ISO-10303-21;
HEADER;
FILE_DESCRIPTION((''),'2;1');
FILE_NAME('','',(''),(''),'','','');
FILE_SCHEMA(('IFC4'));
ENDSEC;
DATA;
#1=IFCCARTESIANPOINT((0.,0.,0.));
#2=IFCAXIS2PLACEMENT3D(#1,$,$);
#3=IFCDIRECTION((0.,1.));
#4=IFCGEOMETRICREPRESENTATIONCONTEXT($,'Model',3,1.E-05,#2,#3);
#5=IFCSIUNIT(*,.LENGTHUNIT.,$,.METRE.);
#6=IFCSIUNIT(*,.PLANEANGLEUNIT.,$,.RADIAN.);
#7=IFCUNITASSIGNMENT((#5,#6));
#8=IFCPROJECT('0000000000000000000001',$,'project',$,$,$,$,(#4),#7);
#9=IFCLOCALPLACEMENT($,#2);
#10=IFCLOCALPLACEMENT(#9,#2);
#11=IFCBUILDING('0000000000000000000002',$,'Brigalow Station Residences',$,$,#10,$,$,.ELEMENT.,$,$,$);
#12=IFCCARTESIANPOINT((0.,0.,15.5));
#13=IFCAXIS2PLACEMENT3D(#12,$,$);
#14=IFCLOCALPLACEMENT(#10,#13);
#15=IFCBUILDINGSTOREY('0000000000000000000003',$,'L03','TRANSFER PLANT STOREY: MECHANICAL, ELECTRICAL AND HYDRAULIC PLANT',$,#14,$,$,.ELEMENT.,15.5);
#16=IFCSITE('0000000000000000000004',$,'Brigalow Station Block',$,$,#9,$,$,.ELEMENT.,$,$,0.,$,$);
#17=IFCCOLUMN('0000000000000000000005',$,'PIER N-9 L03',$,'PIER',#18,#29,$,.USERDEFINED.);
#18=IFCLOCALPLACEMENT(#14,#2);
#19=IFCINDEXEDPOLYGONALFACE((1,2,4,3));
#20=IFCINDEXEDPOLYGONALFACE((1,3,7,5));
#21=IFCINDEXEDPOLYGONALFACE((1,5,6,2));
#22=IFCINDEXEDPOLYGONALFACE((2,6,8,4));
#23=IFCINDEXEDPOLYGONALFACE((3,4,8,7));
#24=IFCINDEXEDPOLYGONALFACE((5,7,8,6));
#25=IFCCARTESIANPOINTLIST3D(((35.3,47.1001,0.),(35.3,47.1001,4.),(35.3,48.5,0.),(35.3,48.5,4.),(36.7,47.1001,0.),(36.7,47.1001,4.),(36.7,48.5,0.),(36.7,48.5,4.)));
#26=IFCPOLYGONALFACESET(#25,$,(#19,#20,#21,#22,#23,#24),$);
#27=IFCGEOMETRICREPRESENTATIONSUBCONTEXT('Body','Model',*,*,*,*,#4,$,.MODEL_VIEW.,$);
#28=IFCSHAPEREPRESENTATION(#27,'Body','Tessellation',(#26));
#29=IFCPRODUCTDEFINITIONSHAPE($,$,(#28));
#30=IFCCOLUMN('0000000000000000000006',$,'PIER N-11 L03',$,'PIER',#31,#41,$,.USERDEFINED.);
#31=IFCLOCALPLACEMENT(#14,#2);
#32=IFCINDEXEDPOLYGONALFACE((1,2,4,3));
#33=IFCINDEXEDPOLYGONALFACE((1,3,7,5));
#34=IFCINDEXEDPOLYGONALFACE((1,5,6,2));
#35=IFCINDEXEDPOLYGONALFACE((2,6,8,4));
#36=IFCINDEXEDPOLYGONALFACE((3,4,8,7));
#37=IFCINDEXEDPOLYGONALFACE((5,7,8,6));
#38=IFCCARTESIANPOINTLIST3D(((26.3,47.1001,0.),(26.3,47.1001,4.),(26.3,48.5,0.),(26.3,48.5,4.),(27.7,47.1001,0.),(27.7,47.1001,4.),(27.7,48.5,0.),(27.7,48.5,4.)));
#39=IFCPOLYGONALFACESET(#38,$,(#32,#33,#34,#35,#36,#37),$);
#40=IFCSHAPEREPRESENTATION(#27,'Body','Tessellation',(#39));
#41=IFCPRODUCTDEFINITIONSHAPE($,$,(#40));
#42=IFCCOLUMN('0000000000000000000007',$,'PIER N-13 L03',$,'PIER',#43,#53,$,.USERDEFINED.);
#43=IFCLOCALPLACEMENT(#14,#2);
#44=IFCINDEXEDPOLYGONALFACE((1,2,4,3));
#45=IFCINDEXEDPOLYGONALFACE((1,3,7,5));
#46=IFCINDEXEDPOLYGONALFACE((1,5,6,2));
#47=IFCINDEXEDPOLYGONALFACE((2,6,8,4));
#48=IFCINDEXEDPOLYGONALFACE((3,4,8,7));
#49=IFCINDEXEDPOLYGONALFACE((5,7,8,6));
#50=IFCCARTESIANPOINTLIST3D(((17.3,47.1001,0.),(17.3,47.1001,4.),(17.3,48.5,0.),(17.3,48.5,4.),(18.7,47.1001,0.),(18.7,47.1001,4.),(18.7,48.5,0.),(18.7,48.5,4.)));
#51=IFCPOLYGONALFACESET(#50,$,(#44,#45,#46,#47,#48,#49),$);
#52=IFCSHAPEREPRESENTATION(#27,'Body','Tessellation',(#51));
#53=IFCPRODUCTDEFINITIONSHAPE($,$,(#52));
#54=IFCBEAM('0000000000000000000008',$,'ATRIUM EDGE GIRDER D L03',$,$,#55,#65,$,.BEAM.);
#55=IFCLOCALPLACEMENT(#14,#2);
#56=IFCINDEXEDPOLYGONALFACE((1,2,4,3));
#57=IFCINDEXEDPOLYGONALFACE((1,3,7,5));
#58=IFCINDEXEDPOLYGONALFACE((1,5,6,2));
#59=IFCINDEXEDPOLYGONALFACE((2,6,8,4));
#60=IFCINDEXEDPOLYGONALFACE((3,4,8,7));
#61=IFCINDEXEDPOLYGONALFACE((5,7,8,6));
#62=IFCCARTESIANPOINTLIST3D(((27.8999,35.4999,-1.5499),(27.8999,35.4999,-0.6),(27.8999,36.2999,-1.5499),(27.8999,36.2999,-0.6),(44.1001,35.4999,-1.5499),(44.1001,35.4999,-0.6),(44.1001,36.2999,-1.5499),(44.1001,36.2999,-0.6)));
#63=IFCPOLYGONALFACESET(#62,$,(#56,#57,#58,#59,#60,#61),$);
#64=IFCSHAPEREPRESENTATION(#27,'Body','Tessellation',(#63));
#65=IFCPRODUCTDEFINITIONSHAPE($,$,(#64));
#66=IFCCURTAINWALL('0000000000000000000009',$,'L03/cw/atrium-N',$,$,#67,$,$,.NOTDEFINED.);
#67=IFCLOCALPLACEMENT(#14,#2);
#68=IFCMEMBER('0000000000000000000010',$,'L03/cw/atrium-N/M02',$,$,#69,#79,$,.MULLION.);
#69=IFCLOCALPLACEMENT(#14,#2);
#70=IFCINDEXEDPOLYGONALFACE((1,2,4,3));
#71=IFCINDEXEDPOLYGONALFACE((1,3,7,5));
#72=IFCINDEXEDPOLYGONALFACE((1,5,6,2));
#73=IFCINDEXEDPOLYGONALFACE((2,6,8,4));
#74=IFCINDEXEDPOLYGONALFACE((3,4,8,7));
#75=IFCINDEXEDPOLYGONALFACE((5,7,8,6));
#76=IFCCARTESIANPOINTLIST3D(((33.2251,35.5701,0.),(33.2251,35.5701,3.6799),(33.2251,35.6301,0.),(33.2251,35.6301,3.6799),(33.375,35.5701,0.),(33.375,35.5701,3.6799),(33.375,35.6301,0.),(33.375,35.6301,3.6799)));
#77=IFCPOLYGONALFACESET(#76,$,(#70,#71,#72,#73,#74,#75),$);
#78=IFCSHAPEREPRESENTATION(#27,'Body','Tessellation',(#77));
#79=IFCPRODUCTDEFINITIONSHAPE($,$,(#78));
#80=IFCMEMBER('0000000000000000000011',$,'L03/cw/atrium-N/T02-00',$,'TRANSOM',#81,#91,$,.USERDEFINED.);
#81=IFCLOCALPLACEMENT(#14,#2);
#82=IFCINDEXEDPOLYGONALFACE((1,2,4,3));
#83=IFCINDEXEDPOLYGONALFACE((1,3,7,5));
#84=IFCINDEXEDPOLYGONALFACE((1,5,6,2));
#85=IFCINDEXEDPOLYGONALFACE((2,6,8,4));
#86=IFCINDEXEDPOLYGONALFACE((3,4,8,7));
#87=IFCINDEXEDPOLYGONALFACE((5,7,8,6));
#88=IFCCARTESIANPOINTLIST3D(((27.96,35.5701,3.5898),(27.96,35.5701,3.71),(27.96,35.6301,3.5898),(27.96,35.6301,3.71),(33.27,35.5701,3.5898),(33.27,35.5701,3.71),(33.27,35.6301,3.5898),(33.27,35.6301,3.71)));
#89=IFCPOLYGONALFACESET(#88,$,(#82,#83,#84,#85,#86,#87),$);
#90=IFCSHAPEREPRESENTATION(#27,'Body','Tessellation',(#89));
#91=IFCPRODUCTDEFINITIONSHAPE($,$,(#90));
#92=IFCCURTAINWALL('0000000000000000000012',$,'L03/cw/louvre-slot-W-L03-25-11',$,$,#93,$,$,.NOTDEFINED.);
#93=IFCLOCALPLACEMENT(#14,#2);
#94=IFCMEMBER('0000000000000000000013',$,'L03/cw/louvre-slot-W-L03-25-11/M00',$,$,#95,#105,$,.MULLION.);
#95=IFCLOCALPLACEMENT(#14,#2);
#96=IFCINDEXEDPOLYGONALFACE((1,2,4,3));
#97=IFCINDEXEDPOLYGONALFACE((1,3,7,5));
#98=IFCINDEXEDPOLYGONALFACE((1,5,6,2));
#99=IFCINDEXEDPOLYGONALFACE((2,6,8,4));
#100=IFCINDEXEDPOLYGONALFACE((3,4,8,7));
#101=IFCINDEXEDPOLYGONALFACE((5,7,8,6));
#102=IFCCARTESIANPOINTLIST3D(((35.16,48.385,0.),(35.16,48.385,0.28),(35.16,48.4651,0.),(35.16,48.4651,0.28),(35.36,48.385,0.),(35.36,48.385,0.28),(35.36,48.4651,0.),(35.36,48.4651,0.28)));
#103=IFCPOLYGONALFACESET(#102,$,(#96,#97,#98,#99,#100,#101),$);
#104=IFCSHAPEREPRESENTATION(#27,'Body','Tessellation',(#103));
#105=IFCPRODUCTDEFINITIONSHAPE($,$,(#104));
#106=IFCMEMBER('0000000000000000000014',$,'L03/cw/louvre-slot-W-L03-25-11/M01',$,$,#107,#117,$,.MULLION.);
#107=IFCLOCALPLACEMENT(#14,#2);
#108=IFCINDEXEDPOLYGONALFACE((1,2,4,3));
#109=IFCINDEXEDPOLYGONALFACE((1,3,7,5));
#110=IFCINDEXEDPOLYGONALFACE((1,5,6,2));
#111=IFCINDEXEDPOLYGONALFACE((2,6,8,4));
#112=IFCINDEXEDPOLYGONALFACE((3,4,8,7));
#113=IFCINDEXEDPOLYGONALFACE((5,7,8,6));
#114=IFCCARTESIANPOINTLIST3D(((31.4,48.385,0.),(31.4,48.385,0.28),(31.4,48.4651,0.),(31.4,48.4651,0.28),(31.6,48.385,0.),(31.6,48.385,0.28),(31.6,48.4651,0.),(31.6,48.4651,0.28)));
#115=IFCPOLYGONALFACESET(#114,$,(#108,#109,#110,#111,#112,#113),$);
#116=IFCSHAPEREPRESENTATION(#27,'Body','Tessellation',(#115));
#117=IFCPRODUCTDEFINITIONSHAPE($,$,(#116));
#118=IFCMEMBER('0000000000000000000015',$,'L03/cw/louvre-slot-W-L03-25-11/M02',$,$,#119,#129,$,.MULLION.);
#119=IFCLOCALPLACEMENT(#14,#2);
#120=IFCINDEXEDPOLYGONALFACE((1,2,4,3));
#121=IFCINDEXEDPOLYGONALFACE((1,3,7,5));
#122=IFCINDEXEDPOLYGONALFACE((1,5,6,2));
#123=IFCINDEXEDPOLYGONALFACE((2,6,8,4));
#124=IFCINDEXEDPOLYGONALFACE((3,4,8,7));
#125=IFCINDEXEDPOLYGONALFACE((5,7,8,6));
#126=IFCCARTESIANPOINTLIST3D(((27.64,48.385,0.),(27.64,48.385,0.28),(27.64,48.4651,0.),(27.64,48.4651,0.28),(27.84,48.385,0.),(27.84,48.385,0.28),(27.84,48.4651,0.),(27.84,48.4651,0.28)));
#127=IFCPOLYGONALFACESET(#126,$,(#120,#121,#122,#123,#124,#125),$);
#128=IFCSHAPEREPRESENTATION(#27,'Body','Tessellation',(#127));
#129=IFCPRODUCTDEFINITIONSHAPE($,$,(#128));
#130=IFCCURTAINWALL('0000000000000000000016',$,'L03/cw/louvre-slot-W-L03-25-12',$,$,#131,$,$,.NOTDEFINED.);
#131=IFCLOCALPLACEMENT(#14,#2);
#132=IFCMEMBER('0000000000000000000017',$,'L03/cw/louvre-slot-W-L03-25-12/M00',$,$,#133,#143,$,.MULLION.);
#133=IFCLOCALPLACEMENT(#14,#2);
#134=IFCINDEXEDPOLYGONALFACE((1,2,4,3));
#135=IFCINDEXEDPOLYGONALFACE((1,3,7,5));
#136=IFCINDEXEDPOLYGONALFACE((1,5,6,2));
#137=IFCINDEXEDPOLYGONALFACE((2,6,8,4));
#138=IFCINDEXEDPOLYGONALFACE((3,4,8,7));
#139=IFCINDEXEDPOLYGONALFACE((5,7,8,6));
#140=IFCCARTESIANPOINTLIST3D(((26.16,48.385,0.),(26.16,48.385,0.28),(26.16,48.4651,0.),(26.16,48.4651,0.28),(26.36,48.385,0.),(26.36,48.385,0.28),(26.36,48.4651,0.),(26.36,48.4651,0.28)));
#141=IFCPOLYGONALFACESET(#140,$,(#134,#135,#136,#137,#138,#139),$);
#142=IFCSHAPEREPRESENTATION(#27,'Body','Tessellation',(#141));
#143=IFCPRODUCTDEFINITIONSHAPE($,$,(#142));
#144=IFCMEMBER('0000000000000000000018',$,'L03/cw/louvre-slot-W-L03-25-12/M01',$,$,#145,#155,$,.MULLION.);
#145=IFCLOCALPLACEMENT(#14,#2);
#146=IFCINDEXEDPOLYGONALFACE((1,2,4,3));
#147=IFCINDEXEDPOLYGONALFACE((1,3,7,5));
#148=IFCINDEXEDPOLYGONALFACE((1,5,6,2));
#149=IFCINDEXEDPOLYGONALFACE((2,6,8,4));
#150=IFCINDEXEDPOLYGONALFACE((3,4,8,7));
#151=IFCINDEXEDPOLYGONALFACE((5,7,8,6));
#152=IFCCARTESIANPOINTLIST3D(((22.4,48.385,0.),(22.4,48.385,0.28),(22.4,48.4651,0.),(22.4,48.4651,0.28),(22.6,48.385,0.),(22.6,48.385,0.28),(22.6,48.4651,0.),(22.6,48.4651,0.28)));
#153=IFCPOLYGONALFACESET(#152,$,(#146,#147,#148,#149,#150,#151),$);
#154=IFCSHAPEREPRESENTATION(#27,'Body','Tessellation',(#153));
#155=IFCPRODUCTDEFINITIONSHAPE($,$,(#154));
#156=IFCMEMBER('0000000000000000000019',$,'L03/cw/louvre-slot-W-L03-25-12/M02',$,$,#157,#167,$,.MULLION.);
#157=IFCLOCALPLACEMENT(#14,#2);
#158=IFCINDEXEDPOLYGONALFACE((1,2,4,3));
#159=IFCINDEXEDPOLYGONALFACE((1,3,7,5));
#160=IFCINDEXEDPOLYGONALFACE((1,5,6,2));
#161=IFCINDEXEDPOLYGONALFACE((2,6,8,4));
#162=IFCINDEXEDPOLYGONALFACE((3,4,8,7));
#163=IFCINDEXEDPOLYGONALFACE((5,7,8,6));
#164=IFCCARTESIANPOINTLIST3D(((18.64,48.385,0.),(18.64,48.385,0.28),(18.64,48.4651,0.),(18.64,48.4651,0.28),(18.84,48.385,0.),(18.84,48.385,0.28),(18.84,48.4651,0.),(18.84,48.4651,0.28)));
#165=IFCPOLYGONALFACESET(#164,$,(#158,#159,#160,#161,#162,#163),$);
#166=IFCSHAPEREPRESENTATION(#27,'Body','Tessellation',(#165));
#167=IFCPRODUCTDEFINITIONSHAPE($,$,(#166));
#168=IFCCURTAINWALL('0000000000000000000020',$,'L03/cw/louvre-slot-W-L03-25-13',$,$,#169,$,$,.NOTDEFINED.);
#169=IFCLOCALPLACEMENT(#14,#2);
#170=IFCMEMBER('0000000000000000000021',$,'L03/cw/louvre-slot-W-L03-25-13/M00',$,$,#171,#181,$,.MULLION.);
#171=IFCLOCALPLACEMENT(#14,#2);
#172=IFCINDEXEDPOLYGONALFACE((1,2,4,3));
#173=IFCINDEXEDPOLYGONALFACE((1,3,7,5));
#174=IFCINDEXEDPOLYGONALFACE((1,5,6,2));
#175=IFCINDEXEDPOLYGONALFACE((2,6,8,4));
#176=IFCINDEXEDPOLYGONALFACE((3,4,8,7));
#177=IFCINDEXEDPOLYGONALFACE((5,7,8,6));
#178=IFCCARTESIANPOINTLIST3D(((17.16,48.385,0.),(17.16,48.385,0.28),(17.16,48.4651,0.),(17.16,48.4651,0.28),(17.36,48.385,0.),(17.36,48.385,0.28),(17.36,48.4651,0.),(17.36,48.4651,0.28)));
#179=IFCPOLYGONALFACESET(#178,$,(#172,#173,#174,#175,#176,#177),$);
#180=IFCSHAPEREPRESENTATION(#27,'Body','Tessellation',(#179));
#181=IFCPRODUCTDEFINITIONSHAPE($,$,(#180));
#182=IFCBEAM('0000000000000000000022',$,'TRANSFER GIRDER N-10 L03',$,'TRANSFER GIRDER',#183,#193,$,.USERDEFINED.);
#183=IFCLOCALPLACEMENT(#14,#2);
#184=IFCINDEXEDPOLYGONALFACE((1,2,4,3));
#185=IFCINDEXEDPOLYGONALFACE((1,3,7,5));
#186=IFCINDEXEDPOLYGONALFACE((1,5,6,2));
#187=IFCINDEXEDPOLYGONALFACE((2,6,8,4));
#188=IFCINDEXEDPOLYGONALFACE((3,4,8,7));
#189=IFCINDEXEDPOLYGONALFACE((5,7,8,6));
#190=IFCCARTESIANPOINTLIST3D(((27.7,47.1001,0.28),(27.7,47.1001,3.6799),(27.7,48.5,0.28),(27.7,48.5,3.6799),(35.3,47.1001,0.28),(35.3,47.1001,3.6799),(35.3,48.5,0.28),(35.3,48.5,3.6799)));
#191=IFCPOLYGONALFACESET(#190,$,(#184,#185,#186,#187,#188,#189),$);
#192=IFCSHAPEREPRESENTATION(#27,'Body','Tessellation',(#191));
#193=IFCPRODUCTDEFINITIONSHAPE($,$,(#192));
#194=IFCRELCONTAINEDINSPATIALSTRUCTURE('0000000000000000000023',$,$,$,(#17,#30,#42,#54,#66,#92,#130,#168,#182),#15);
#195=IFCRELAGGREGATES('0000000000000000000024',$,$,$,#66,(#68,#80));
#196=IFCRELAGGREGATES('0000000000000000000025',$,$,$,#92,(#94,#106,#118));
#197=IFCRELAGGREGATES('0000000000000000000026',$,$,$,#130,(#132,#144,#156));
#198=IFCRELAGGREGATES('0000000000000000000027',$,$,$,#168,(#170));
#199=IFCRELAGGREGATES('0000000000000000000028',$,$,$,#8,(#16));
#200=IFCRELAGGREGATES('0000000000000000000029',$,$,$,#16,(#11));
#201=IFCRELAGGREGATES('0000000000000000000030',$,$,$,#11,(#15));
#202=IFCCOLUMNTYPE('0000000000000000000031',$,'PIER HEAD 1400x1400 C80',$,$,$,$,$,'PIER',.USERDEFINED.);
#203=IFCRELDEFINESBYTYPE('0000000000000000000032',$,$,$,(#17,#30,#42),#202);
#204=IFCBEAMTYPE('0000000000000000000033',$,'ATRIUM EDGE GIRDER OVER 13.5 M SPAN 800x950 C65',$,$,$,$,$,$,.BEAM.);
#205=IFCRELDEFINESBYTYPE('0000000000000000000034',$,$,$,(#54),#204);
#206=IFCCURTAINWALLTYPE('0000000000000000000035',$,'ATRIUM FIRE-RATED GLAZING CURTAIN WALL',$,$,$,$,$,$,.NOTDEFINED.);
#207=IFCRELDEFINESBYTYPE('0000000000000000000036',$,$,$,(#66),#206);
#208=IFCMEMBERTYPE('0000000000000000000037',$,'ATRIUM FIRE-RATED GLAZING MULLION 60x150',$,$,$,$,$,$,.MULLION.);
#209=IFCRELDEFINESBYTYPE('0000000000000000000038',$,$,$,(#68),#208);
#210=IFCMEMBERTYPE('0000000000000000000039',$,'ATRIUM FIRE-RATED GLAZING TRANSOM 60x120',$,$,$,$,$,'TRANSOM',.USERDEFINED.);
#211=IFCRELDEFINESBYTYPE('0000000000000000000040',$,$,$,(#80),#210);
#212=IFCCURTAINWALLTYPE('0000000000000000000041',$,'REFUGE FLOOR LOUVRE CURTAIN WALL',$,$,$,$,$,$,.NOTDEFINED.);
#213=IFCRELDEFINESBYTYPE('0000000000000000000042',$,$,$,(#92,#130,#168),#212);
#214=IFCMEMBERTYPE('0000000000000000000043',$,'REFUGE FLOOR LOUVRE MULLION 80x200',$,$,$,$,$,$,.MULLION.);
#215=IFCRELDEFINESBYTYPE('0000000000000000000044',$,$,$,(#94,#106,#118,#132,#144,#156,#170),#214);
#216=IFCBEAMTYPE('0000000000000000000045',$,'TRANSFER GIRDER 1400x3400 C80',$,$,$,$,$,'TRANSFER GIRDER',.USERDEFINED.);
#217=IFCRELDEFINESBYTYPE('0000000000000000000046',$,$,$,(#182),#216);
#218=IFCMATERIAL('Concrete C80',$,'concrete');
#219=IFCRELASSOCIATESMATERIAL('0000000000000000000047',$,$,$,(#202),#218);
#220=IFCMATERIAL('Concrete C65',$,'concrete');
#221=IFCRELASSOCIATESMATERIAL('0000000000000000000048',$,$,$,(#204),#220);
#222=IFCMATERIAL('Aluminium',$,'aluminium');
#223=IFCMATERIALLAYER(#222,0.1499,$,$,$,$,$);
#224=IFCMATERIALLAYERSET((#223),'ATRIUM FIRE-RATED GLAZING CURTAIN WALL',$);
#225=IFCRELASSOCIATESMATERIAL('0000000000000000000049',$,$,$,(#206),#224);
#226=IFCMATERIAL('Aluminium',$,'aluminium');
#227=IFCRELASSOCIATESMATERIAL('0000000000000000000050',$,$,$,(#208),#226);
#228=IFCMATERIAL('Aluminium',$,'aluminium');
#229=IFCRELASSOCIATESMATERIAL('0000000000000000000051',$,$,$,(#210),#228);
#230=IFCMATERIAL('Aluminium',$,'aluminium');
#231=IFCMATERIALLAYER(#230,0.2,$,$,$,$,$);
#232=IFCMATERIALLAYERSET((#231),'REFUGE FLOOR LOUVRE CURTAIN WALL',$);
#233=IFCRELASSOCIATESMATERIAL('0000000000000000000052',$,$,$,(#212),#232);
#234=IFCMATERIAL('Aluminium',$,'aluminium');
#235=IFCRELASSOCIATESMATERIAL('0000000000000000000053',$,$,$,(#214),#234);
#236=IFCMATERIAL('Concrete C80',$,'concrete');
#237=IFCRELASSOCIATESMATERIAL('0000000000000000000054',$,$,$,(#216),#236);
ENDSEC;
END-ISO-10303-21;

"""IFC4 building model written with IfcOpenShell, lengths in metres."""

from ifc_helpers import new_model, si_unit, direction, frame, origin, origin_2d, place, context, subcontext, project, spatial, rectangle, extrude, material, layer, layer_set, material_profile, profile_set, type_object, element, aggregate, save


model = new_model("IFC4")

# Units and contexts
model_context = context("Model", 3, precision=1e-05, world=origin(), true_north=direction((0.0, 1.0)))
body_context = subcontext(model_context, "Body", "Model", "MODEL_VIEW")
ifc_project = project(units=[si_unit("LENGTHUNIT", "METRE"), si_unit("PLANEANGLEUNIT", "RADIAN")], contexts=[model_context])

# Site, building, storey
site_placement = place(None, origin())
site = spatial("IfcSite", under=ifc_project, at=site_placement, Name="Brigalow Station Block", CompositionType="ELEMENT", RefElevation=0.0)
building_placement = place(site_placement, origin())
building = spatial("IfcBuilding", under=site, at=building_placement, Name="Brigalow Station Residences", CompositionType="ELEMENT")
storey_placement = place(building_placement, frame((0.0, 0.0, 15.5)))
storey = spatial("IfcBuildingStorey", under=building, at=storey_placement, Name="L03", Description="TRANSFER PLANT STOREY: MECHANICAL, ELECTRICAL AND HYDRAULIC PLANT", CompositionType="ELEMENT", Elevation=15.5)

# Columns
ifc_material_1 = material(Name="Concrete C80", Category="concrete")
ifc_material_profile_1 = material_profile(ifc_material_1, rectangle(XDim=1.3999, YDim=1.3999, at=origin_2d()), Name="RC1400x1400")
ifc_profile_set_1 = profile_set([ifc_material_profile_1], Name="Concrete C80")
column_type = type_object("IfcColumnType", Name="PIER HEAD 1400x1400 C80", ElementType="PIER", PredefinedType="USERDEFINED", material=ifc_profile_set_1)
for number, where, z_axis, x_axis, name in (
    (1, (36.0, 47.8, 0.0), (0.0, 0.0, 1.0), (-1.0, 0.0, 0.0), "PIER N-9 L03"),
    (2, (27.0, 47.8, 0.0), (0.0, 0.0, 1.0), (-1.0, 0.0, 0.0), "PIER N-11 L03"),
    (3, (18.0, 47.8, 0.0), (0.0, 0.0, 1.0), (-1.0, 0.0, 0.0), "PIER N-13 L03"),
):
    element("IfcColumn", number, at=place(storey_placement, frame(where, z_axis=z_axis, x_axis=x_axis)), inside=storey, type_object=column_type, Name=name, ObjectType="PIER", PredefinedType="USERDEFINED", context=body_context, shape_type="SweptSolid", body=[
        extrude(rectangle(XDim=1.3999, YDim=1.3999, at=origin_2d()), origin(), (0.0, 0.0, 1.0), 4.0),
    ])

# Beam
ifc_material_2 = material(Name="Concrete C65", Category="concrete")
ifc_material_profile_2 = material_profile(ifc_material_2, rectangle(XDim=0.8, YDim=0.95, at=origin_2d()), Name="RC800x950")
ifc_profile_set_2 = profile_set([ifc_material_profile_2], Name="Concrete C65")
beam_type_1 = type_object("IfcBeamType", Name="ATRIUM EDGE GIRDER OVER 13.5 M SPAN 800x950 C65", PredefinedType="BEAM", material=ifc_profile_set_2)
beam_placement = place(storey_placement, frame((27.8999, 35.8999, -1.075), z_axis=(1.0, 0.0, 0.0), x_axis=(0.0, 1.0, 0.0)))
element("IfcBeam", 4, at=beam_placement, inside=storey, type_object=beam_type_1, Name="ATRIUM EDGE GIRDER D L03", PredefinedType="BEAM", context=body_context, shape_type="SweptSolid", body=[
    extrude(rectangle(XDim=0.8, YDim=0.95, at=origin_2d()), origin(), (0.0, 0.0, 1.0), 16.2002),
])

# Curtain walls, members
ifc_material_3 = material(Name="Aluminium", Category="aluminium")
ifc_layer_1 = layer(ifc_material_3, 0.1499)
ifc_layer_set_1 = layer_set([ifc_layer_1], Name="ATRIUM FIRE-RATED GLAZING CURTAIN WALL")
curtain_wall_type_1 = type_object("IfcCurtainWallType", Name="ATRIUM FIRE-RATED GLAZING CURTAIN WALL", PredefinedType="NOTDEFINED", material=ifc_layer_set_1)
curtain_wall_1_placement = place(storey_placement, origin())
curtain_wall_1 = element("IfcCurtainWall", 5, at=curtain_wall_1_placement, inside=storey, type_object=curtain_wall_type_1, Name="L03/cw/atrium-N", PredefinedType="NOTDEFINED")
ifc_material_4 = material(Name="Aluminium", Category="aluminium")
ifc_material_profile_3 = material_profile(ifc_material_4, rectangle(XDim=0.0601, YDim=0.1499, at=origin_2d()), Name="ATRIUM FIRE-RATED GLAZING MULLION 60x150")
ifc_profile_set_3 = profile_set([ifc_material_profile_3], Name="Aluminium")
member_type_1 = type_object("IfcMemberType", Name="ATRIUM FIRE-RATED GLAZING MULLION 60x150", PredefinedType="MULLION", material=ifc_profile_set_3)
member_1_placement = place(storey_placement, frame((33.3, 35.6001, 0.0), z_axis=(0.0, 0.0, 1.0), x_axis=(0.0, -1.0, 0.0)))
member_1 = element("IfcMember", 6, at=member_1_placement, type_object=member_type_1, Name="L03/cw/atrium-N/M02", PredefinedType="MULLION", context=body_context, shape_type="SweptSolid", body=[
    extrude(rectangle(XDim=0.0601, YDim=0.1499, at=origin_2d()), origin(), (0.0, 0.0, 1.0), 3.6799),
])
ifc_material_5 = material(Name="Aluminium", Category="aluminium")
ifc_material_profile_4 = material_profile(ifc_material_5, rectangle(XDim=0.0601, YDim=0.1201, at=origin_2d()), Name="ATRIUM FIRE-RATED GLAZING TRANSOM 60x120")
ifc_profile_set_4 = profile_set([ifc_material_profile_4], Name="Aluminium")
member_type_2 = type_object("IfcMemberType", Name="ATRIUM FIRE-RATED GLAZING TRANSOM 60x120", ElementType="TRANSOM", PredefinedType="USERDEFINED", material=ifc_profile_set_4)
member_2_placement = place(storey_placement, frame((33.27, 35.6001, 3.6499), z_axis=(-1.0, 0.0, 0.0), x_axis=(0.0, -1.0, 0.0)))
member_2 = element("IfcMember", 7, at=member_2_placement, type_object=member_type_2, Name="L03/cw/atrium-N/T02-00", ObjectType="TRANSOM", PredefinedType="USERDEFINED", context=body_context, shape_type="SweptSolid", body=[
    extrude(rectangle(XDim=0.0601, YDim=0.1201, at=origin_2d()), origin(), (0.0, 0.0, 1.0), 5.3101),
])
aggregate(curtain_wall_1, [member_1, member_2])
ifc_material_6 = material(Name="Aluminium", Category="aluminium")
ifc_layer_2 = layer(ifc_material_6, 0.2)
ifc_layer_set_2 = layer_set([ifc_layer_2], Name="REFUGE FLOOR LOUVRE CURTAIN WALL")
curtain_wall_type_2 = type_object("IfcCurtainWallType", Name="REFUGE FLOOR LOUVRE CURTAIN WALL", PredefinedType="NOTDEFINED", material=ifc_layer_set_2)
curtain_wall_2_placement = place(storey_placement, origin())
curtain_wall_2 = element("IfcCurtainWall", 8, at=curtain_wall_2_placement, inside=storey, type_object=curtain_wall_type_2, Name="L03/cw/louvre-slot-W-L03-25-11", PredefinedType="NOTDEFINED")
ifc_material_7 = material(Name="Aluminium", Category="aluminium")
ifc_material_profile_5 = material_profile(ifc_material_7, rectangle(XDim=0.0801, YDim=0.2, at=origin_2d()), Name="REFUGE FLOOR LOUVRE MULLION 80x200")
ifc_profile_set_5 = profile_set([ifc_material_profile_5], Name="Aluminium")
member_type_3 = type_object("IfcMemberType", Name="REFUGE FLOOR LOUVRE MULLION 80x200", PredefinedType="MULLION", material=ifc_profile_set_5)
member_3_placement = place(storey_placement, frame((35.26, 48.425, 0.0), z_axis=(0.0, 0.0, 1.0), x_axis=(0.0, -1.0, 0.0)))
member_3 = element("IfcMember", 9, at=member_3_placement, type_object=member_type_3, Name="L03/cw/louvre-slot-W-L03-25-11/M00", PredefinedType="MULLION", context=body_context, shape_type="SweptSolid", body=[
    extrude(rectangle(XDim=0.0801, YDim=0.2, at=origin_2d()), origin(), (0.0, 0.0, 1.0), 0.28),
])
member_4_placement = place(storey_placement, frame((31.5, 48.425, 0.0), z_axis=(0.0, 0.0, 1.0), x_axis=(0.0, -1.0, 0.0)))
member_4 = element("IfcMember", 10, at=member_4_placement, type_object=member_type_3, Name="L03/cw/louvre-slot-W-L03-25-11/M01", PredefinedType="MULLION", context=body_context, shape_type="SweptSolid", body=[
    extrude(rectangle(XDim=0.0801, YDim=0.2, at=origin_2d()), origin(), (0.0, 0.0, 1.0), 0.28),
])
member_5_placement = place(storey_placement, frame((27.74, 48.425, 0.0), z_axis=(0.0, 0.0, 1.0), x_axis=(0.0, -1.0, 0.0)))
member_5 = element("IfcMember", 11, at=member_5_placement, type_object=member_type_3, Name="L03/cw/louvre-slot-W-L03-25-11/M02", PredefinedType="MULLION", context=body_context, shape_type="SweptSolid", body=[
    extrude(rectangle(XDim=0.0801, YDim=0.2, at=origin_2d()), origin(), (0.0, 0.0, 1.0), 0.28),
])
curtain_wall_3_placement = place(storey_placement, origin())
curtain_wall_3 = element("IfcCurtainWall", 12, at=curtain_wall_3_placement, inside=storey, type_object=curtain_wall_type_2, Name="L03/cw/louvre-slot-W-L03-25-12", PredefinedType="NOTDEFINED")
member_6_placement = place(storey_placement, frame((26.26, 48.425, 0.0), z_axis=(0.0, 0.0, 1.0), x_axis=(0.0, -1.0, 0.0)))
member_6 = element("IfcMember", 13, at=member_6_placement, type_object=member_type_3, Name="L03/cw/louvre-slot-W-L03-25-12/M00", PredefinedType="MULLION", context=body_context, shape_type="SweptSolid", body=[
    extrude(rectangle(XDim=0.0801, YDim=0.2, at=origin_2d()), origin(), (0.0, 0.0, 1.0), 0.28),
])
member_7_placement = place(storey_placement, frame((22.5, 48.425, 0.0), z_axis=(0.0, 0.0, 1.0), x_axis=(0.0, -1.0, 0.0)))
member_7 = element("IfcMember", 14, at=member_7_placement, type_object=member_type_3, Name="L03/cw/louvre-slot-W-L03-25-12/M01", PredefinedType="MULLION", context=body_context, shape_type="SweptSolid", body=[
    extrude(rectangle(XDim=0.0801, YDim=0.2, at=origin_2d()), origin(), (0.0, 0.0, 1.0), 0.28),
])
member_8_placement = place(storey_placement, frame((18.74, 48.425, 0.0), z_axis=(0.0, 0.0, 1.0), x_axis=(0.0, -1.0, 0.0)))
member_8 = element("IfcMember", 15, at=member_8_placement, type_object=member_type_3, Name="L03/cw/louvre-slot-W-L03-25-12/M02", PredefinedType="MULLION", context=body_context, shape_type="SweptSolid", body=[
    extrude(rectangle(XDim=0.0801, YDim=0.2, at=origin_2d()), origin(), (0.0, 0.0, 1.0), 0.28),
])

# Curtain wall, member
curtain_wall_4_placement = place(storey_placement, origin())
curtain_wall_4 = element("IfcCurtainWall", 16, at=curtain_wall_4_placement, inside=storey, type_object=curtain_wall_type_2, Name="L03/cw/louvre-slot-W-L03-25-13", PredefinedType="NOTDEFINED")
member_9_placement = place(storey_placement, frame((17.26, 48.425, 0.0), z_axis=(0.0, 0.0, 1.0), x_axis=(0.0, -1.0, 0.0)))
member_9 = element("IfcMember", 17, at=member_9_placement, type_object=member_type_3, Name="L03/cw/louvre-slot-W-L03-25-13/M00", PredefinedType="MULLION", context=body_context, shape_type="SweptSolid", body=[
    extrude(rectangle(XDim=0.0801, YDim=0.2, at=origin_2d()), origin(), (0.0, 0.0, 1.0), 0.28),
])

# Beam
ifc_material_8 = material(Name="Concrete C80", Category="concrete")
ifc_material_profile_6 = material_profile(ifc_material_8, rectangle(XDim=1.3999, YDim=3.3999, at=origin_2d()), Name="RC1400x3400")
ifc_profile_set_6 = profile_set([ifc_material_profile_6], Name="Concrete C80")
beam_type_2 = type_object("IfcBeamType", Name="TRANSFER GIRDER 1400x3400 C80", ElementType="TRANSFER GIRDER", PredefinedType="USERDEFINED", material=ifc_profile_set_6)
for number, where, z_axis, x_axis, name in (
    (18, (35.3, 47.8, 1.98), (-1.0, 0.0, 0.0), (0.0, -1.0, 0.0), "TRANSFER GIRDER N-10 L03"),
):
    element("IfcBeam", number, at=place(storey_placement, frame(where, z_axis=z_axis, x_axis=x_axis)), inside=storey, type_object=beam_type_2, Name=name, ObjectType="TRANSFER GIRDER", PredefinedType="USERDEFINED", context=body_context, shape_type="SweptSolid", body=[
        extrude(rectangle(XDim=1.3999, YDim=3.3999, at=origin_2d()), origin(), (0.0, 0.0, 1.0), 7.6001),
    ])

aggregate(curtain_wall_2, [member_3, member_4, member_5])
aggregate(curtain_wall_3, [member_6, member_7, member_8])
aggregate(curtain_wall_4, [member_9])

save(model, "model.ifc")
